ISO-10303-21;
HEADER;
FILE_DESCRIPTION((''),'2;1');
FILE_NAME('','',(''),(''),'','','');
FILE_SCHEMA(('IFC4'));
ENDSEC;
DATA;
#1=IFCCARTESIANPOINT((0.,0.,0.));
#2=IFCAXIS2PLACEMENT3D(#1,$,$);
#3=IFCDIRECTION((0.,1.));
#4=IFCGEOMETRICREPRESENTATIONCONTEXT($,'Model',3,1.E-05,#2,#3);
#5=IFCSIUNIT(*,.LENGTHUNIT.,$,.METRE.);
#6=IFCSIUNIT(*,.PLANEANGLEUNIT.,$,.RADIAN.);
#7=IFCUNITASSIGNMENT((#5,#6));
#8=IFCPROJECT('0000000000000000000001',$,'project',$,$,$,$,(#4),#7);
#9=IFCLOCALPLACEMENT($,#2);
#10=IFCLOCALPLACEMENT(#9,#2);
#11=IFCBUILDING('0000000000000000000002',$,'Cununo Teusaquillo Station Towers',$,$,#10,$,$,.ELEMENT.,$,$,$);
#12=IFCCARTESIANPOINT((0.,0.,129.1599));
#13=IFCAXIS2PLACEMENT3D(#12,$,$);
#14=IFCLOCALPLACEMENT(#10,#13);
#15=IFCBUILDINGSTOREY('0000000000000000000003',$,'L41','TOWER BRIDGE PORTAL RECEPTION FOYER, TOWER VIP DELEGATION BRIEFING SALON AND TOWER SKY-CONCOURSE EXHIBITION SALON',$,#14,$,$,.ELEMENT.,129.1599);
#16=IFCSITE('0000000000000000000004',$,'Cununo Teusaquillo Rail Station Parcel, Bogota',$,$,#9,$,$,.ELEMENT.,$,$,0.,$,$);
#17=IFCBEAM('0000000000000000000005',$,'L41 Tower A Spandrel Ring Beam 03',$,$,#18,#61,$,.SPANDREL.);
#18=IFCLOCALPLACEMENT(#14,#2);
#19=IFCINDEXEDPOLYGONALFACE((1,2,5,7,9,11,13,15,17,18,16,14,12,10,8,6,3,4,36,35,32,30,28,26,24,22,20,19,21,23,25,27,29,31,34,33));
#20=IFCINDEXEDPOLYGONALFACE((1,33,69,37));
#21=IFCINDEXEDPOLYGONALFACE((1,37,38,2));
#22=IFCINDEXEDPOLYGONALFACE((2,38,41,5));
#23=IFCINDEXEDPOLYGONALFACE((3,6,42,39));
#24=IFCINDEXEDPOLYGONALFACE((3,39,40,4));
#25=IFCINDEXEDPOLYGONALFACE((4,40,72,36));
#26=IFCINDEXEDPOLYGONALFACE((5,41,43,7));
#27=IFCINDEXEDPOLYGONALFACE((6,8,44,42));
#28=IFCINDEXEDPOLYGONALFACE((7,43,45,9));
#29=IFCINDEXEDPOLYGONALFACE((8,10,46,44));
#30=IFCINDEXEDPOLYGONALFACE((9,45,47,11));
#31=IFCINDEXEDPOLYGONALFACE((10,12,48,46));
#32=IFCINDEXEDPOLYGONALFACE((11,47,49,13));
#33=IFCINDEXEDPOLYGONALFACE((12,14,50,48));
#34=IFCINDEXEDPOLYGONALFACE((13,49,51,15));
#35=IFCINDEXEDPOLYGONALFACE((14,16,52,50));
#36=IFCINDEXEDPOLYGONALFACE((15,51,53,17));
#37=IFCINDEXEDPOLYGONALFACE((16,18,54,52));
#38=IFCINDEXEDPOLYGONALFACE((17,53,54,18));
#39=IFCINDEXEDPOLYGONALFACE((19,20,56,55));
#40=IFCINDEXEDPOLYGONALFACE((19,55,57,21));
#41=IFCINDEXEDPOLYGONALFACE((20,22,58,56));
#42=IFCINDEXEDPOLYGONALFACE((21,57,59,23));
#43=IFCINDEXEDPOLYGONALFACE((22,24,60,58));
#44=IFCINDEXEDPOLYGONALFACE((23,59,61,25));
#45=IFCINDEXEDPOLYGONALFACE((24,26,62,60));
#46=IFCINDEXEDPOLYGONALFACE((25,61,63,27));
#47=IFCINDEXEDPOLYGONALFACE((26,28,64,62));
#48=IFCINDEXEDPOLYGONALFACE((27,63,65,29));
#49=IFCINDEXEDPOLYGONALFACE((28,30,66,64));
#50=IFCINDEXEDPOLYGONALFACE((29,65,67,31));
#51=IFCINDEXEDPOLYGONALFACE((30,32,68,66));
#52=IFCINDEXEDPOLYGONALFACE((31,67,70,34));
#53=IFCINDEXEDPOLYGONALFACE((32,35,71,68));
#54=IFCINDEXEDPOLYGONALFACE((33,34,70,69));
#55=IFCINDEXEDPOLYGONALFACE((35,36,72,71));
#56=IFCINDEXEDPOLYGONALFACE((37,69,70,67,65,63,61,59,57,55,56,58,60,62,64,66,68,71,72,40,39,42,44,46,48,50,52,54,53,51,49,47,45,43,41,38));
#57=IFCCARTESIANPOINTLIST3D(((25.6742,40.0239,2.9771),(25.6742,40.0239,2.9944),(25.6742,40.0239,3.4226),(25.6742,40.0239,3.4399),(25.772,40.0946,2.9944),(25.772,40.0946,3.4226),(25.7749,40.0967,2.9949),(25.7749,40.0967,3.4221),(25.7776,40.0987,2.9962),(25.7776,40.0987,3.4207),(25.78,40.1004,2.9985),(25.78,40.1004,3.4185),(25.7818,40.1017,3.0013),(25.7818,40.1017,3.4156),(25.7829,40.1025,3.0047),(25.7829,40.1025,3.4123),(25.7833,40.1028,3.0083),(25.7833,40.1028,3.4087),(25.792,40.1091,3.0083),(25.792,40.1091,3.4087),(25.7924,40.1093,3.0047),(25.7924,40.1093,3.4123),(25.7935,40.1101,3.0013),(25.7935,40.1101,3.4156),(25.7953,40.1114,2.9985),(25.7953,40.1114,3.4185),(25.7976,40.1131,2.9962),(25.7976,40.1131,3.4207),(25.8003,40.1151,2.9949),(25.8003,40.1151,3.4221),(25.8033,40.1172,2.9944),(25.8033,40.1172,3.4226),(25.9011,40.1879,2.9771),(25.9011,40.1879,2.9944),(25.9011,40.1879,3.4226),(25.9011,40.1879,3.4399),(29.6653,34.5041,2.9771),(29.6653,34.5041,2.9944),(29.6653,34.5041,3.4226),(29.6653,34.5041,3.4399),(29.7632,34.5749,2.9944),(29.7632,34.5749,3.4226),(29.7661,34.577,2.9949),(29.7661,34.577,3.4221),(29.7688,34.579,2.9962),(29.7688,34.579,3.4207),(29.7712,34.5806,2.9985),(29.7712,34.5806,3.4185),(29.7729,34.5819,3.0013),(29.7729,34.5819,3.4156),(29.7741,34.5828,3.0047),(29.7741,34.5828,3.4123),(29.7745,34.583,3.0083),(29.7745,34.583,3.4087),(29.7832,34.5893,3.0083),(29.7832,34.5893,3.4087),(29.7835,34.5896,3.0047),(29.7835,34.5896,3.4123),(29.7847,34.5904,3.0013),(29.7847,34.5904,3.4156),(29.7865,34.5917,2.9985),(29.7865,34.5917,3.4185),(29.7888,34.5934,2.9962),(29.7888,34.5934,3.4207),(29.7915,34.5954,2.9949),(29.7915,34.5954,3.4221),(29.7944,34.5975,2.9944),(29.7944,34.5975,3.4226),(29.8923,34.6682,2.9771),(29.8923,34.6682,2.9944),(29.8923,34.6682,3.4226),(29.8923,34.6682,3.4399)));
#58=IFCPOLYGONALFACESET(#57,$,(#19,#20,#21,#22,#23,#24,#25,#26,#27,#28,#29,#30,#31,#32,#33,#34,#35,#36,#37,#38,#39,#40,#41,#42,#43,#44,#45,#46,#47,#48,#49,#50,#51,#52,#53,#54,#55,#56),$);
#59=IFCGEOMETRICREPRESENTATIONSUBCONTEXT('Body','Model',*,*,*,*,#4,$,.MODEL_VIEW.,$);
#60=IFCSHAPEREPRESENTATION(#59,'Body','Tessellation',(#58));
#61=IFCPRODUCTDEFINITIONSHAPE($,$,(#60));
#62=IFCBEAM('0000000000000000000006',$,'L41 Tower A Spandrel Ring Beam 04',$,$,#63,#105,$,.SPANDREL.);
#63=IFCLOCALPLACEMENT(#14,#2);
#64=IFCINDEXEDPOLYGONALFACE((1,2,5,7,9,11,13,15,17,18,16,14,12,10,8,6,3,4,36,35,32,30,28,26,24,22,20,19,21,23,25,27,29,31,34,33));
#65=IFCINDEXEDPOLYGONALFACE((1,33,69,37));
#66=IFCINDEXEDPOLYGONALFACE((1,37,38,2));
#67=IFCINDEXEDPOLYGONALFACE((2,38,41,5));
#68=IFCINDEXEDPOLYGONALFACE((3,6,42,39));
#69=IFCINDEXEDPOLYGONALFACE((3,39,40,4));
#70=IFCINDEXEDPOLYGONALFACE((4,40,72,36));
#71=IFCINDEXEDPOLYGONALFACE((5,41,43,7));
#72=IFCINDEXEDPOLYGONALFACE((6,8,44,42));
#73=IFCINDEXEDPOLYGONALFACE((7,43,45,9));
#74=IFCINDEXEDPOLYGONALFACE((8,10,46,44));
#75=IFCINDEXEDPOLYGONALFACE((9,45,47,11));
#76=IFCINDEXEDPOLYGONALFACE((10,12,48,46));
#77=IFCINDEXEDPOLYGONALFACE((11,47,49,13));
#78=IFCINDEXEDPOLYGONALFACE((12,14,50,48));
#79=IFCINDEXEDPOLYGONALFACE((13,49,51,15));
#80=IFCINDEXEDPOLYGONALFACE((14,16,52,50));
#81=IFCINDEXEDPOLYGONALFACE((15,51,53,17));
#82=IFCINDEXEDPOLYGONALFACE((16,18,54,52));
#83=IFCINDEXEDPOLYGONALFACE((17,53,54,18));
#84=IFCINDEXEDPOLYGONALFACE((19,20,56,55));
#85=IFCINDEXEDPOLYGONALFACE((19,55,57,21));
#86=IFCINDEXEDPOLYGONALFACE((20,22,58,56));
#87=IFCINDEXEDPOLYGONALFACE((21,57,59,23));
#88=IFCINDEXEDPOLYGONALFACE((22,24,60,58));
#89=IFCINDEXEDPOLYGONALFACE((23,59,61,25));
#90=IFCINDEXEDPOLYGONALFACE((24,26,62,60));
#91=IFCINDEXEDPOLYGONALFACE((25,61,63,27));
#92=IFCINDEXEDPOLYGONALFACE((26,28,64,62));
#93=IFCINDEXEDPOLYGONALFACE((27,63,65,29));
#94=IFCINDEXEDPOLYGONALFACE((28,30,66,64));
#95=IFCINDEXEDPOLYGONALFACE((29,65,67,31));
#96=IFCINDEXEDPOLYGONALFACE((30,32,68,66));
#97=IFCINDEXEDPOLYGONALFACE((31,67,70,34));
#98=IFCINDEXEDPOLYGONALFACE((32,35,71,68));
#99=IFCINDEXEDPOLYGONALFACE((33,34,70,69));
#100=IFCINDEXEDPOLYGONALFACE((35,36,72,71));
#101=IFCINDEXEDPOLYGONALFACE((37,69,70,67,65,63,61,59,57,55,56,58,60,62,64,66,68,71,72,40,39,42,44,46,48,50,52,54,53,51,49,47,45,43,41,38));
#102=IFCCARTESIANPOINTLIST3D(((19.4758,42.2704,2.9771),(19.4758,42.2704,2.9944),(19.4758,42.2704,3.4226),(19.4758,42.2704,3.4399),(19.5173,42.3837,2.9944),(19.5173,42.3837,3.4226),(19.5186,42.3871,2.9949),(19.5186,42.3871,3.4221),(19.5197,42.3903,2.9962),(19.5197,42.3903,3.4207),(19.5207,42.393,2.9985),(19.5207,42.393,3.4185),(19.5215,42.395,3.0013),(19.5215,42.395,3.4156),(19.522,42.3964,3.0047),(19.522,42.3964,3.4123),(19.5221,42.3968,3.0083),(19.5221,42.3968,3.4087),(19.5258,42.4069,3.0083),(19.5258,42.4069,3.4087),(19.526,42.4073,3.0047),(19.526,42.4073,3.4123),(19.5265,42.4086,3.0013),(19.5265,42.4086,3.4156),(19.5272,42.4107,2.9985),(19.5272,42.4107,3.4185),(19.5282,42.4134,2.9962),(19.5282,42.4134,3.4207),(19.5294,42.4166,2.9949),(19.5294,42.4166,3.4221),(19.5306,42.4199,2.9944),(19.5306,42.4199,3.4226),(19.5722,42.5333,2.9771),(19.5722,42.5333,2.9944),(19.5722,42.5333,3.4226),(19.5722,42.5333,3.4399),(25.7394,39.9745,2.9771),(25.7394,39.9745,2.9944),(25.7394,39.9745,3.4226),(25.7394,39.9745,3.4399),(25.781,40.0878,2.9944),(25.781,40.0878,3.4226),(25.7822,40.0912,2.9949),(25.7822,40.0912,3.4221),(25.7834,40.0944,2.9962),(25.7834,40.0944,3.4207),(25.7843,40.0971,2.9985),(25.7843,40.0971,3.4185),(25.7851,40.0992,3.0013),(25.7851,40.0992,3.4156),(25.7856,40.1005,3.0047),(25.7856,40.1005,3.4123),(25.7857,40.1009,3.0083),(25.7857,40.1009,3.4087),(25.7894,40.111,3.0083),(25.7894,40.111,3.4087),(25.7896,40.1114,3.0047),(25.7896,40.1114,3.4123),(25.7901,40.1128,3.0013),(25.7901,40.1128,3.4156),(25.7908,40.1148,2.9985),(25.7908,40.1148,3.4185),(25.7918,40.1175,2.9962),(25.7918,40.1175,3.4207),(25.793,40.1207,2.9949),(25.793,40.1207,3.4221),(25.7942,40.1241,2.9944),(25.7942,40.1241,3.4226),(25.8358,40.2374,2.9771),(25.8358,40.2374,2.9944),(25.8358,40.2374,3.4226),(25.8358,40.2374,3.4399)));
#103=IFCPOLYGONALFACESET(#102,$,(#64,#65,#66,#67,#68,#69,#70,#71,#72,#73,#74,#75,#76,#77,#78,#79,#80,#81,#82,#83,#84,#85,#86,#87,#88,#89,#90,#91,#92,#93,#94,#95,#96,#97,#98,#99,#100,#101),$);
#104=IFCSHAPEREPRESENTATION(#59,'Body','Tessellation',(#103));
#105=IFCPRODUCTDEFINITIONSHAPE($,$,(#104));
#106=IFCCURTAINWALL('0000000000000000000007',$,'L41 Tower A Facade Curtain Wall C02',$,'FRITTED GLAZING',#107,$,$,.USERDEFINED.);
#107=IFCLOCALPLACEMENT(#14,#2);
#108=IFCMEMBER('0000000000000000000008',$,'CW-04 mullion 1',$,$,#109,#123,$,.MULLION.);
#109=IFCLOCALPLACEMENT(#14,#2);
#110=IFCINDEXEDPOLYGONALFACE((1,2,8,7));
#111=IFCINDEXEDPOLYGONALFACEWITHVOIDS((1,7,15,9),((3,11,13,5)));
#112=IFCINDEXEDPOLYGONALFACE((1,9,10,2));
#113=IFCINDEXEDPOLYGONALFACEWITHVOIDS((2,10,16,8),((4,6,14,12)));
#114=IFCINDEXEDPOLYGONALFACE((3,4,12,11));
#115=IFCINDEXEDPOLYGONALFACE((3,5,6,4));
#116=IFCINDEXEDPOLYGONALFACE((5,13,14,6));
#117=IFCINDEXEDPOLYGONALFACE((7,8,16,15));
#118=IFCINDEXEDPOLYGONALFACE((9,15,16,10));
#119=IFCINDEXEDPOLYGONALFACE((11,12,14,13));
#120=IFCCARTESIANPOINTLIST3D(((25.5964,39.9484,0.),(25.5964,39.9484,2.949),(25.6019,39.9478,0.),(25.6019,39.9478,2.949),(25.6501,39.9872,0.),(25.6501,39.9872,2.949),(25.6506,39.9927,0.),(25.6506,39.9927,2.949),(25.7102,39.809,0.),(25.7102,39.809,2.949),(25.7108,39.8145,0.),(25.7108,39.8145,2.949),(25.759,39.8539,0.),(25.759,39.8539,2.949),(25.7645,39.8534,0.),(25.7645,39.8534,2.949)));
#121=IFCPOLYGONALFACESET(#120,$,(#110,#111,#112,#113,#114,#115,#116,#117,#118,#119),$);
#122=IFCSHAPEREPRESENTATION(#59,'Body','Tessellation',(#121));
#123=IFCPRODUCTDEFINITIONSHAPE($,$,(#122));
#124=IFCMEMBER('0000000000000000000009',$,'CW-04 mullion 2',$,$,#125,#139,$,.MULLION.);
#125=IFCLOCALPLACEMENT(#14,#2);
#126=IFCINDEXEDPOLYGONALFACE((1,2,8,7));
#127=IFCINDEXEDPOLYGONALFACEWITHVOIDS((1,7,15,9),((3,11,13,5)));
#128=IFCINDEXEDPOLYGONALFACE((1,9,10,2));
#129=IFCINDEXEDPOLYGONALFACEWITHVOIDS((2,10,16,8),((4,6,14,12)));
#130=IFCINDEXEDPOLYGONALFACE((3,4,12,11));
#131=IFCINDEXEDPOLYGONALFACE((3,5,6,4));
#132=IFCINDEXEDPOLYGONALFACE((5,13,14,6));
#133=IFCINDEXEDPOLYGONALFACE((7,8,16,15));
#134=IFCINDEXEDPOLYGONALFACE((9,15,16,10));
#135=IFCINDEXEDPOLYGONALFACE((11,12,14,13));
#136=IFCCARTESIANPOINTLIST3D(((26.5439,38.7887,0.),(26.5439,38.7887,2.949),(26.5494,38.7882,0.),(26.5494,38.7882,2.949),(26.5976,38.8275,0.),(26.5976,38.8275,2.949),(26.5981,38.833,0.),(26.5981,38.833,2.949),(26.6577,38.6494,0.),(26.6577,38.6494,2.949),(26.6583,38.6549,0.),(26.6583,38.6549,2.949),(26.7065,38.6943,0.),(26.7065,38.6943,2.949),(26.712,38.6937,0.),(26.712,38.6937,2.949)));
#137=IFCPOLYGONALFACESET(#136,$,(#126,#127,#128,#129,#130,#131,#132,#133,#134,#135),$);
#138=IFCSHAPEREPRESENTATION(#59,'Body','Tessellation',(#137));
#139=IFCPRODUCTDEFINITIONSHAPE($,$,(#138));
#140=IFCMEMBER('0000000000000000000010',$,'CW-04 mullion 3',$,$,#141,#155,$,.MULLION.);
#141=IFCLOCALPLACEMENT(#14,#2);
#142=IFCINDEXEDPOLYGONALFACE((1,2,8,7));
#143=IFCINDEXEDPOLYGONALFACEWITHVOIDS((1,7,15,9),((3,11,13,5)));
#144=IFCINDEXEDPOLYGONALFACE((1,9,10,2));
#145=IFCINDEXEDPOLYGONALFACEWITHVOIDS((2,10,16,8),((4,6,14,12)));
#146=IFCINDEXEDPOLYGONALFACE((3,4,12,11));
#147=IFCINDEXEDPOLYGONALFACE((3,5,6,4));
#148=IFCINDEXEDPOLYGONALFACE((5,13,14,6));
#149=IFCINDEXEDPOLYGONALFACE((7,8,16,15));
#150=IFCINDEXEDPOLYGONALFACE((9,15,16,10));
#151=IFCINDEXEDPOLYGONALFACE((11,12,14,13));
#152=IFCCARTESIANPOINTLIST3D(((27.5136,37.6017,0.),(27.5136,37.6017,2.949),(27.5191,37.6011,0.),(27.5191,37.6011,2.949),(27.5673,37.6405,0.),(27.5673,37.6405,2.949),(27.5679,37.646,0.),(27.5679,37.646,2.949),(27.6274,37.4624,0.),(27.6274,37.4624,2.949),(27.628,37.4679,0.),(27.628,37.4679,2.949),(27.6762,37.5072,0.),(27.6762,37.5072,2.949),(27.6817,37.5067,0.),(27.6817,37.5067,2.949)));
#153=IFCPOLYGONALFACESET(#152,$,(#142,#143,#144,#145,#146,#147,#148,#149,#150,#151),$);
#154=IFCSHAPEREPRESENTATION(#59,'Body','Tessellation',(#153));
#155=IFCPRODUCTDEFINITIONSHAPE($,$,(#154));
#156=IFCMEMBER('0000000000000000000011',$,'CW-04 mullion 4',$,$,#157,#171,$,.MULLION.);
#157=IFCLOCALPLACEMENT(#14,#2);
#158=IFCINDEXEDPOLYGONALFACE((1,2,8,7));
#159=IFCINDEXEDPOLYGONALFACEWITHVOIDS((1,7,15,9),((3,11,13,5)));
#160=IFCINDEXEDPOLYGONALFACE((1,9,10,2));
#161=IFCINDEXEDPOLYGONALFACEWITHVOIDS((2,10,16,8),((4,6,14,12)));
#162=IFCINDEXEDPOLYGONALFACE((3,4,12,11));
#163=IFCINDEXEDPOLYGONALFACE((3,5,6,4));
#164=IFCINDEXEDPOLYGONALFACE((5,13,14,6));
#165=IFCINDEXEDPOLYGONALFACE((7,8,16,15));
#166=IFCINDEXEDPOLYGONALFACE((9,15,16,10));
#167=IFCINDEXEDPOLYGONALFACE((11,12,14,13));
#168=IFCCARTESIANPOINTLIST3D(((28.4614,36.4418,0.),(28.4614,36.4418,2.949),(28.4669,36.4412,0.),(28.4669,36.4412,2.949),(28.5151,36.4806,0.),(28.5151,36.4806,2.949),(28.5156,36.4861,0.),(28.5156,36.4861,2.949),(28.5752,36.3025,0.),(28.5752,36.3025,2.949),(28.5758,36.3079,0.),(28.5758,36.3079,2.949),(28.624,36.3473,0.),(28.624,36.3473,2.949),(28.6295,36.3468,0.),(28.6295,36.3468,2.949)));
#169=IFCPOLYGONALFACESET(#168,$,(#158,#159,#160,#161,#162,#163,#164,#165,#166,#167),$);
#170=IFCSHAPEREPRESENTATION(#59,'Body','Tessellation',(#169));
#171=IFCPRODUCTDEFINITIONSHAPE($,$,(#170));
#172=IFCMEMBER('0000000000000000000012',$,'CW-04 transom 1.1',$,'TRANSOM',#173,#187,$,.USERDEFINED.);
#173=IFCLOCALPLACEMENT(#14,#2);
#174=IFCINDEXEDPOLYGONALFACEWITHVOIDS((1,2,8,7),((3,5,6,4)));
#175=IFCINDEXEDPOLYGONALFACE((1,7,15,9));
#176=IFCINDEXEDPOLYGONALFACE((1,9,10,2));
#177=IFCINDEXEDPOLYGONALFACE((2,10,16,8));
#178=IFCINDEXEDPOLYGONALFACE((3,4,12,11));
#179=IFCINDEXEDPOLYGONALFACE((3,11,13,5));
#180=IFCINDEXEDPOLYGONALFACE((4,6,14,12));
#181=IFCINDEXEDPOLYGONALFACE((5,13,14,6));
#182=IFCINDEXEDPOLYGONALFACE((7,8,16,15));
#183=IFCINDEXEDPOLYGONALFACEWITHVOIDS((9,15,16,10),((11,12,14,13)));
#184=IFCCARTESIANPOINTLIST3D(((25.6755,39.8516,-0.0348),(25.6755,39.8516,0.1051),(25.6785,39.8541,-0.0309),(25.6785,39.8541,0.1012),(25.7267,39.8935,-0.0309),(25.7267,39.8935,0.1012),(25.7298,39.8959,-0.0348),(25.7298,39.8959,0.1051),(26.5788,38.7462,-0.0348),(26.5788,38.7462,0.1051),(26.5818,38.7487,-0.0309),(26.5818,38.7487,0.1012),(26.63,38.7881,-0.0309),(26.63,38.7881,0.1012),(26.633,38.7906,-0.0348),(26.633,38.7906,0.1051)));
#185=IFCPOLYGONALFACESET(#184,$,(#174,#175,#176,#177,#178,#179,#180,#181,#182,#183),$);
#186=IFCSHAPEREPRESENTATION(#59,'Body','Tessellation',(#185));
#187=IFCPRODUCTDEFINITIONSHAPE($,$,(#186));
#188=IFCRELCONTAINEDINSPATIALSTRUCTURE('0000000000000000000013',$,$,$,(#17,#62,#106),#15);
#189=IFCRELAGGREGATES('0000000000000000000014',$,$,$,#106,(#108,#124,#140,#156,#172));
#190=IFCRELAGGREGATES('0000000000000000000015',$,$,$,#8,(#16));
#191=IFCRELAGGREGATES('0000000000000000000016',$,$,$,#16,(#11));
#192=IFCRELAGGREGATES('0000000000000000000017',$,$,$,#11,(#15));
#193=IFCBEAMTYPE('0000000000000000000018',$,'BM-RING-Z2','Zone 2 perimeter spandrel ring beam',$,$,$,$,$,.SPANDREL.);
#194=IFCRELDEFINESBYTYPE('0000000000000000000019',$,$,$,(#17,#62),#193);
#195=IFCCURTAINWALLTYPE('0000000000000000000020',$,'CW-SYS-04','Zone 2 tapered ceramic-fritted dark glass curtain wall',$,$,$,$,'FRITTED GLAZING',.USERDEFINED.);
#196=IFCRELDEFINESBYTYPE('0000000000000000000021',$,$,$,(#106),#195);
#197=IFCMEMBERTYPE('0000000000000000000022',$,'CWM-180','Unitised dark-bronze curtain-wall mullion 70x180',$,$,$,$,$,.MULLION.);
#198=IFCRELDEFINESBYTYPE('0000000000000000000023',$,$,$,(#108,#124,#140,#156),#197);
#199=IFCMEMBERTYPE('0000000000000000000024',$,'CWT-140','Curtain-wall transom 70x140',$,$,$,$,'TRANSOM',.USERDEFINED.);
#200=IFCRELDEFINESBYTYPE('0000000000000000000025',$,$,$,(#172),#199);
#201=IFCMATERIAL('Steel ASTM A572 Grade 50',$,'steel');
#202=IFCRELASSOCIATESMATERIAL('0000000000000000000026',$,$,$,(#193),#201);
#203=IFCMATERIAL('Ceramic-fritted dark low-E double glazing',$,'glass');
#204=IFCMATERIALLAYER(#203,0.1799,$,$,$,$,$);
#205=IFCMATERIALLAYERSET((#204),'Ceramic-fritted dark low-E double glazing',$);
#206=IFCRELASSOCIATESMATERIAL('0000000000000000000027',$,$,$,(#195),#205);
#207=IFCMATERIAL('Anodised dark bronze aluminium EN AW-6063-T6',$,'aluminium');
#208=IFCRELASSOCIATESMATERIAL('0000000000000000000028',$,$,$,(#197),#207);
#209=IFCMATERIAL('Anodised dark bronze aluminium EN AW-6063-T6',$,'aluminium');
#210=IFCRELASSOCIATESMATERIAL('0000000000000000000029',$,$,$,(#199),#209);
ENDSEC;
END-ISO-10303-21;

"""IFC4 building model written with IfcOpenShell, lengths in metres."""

from ifc_helpers import new_model, si_unit, direction, frame, origin, origin_2d, place, context, subcontext, project, spatial, hollow_rectangle, i_section, extrude, material, layer, layer_set, material_profile, profile_set, type_object, element, aggregate, save


model = new_model("IFC4")

# Units and contexts
model_context = context("Model", 3, precision=1e-05, world=origin(), true_north=direction((0.0, 1.0)))
body_context = subcontext(model_context, "Body", "Model", "MODEL_VIEW")
ifc_project = project(units=[si_unit("LENGTHUNIT", "METRE"), si_unit("PLANEANGLEUNIT", "RADIAN")], contexts=[model_context])

# Site, building, storey
site_placement = place(None, origin())
site = spatial("IfcSite", under=ifc_project, at=site_placement, Name="Cununo Teusaquillo Rail Station Parcel, Bogota", CompositionType="ELEMENT", RefElevation=0.0)
building_placement = place(site_placement, origin())
building = spatial("IfcBuilding", under=site, at=building_placement, Name="Cununo Teusaquillo Station Towers", CompositionType="ELEMENT")
storey_placement = place(building_placement, frame((0.0, 0.0, 129.1599)))
storey = spatial("IfcBuildingStorey", under=building, at=storey_placement, Name="L41", Description="TOWER BRIDGE PORTAL RECEPTION FOYER, TOWER VIP DELEGATION BRIEFING SALON AND TOWER SKY-CONCOURSE EXHIBITION SALON", CompositionType="ELEMENT", Elevation=129.1599)

# Beams
ifc_material_1 = material(Name="Steel ASTM A572 Grade 50", Category="steel")
ifc_material_profile_1 = material_profile(ifc_material_1, i_section(OverallWidth=0.28, OverallDepth=0.4629, WebThickness=0.0107, FlangeThickness=0.0173, FilletRadius=0.0139, at=origin_2d()), Name="W18X76")
ifc_profile_set_1 = profile_set([ifc_material_profile_1], Name="Steel ASTM A572 Grade 50")
beam_type = type_object("IfcBeamType", Name="BM-RING-Z2", Description="Zone 2 perimeter spandrel ring beam", PredefinedType="SPANDREL", material=ifc_profile_set_1)
beam_1_placement = place(storey_placement, frame((29.7788, 34.5862, 3.2085), z_axis=(-0.585945, 0.810351, 0.0), x_axis=(-0.810351, -0.585945, 0.0)))
element("IfcBeam", 1, at=beam_1_placement, inside=storey, type_object=beam_type, Name="L41 Tower A Spandrel Ring Beam 03", PredefinedType="SPANDREL", context=body_context, shape_type="SweptSolid", body=[
    extrude(i_section(OverallWidth=0.28, OverallDepth=0.4629, WebThickness=0.0107, FlangeThickness=0.0173, FilletRadius=0.0139, at=origin_2d()), origin(), (0.0, 0.0, 1.0), 6.8115),
])
beam_2_placement = place(storey_placement, frame((25.7876, 40.106, 3.2085), z_axis=(-0.938914, 0.344151, 0.0), x_axis=(-0.344151, -0.938914, 0.0)))
element("IfcBeam", 2, at=beam_2_placement, inside=storey, type_object=beam_type, Name="L41 Tower A Spandrel Ring Beam 04", PredefinedType="SPANDREL", context=body_context, shape_type="SweptSolid", body=[
    extrude(i_section(OverallWidth=0.28, OverallDepth=0.4629, WebThickness=0.0107, FlangeThickness=0.0173, FilletRadius=0.0139, at=origin_2d()), origin(), (0.0, 0.0, 1.0), 6.6711),
])

# Curtain wall, members
ifc_material_2 = material(Name="Ceramic-fritted dark low-E double glazing", Category="glass")
ifc_layer_1 = layer(ifc_material_2, 0.1799)
ifc_layer_set_1 = layer_set([ifc_layer_1], Name="Ceramic-fritted dark low-E double glazing")
curtain_wall_type = type_object("IfcCurtainWallType", Name="CW-SYS-04", Description="Zone 2 tapered ceramic-fritted dark glass curtain wall", ElementType="FRITTED GLAZING", PredefinedType="USERDEFINED", material=ifc_layer_set_1)
curtain_wall_placement = place(storey_placement, origin())
curtain_wall = element("IfcCurtainWall", 3, at=curtain_wall_placement, inside=storey, type_object=curtain_wall_type, Name="L41 Tower A Facade Curtain Wall C02", ObjectType="FRITTED GLAZING", PredefinedType="USERDEFINED")
ifc_material_3 = material(Name="Anodised dark bronze aluminium EN AW-6063-T6", Category="aluminium")
ifc_material_profile_2 = material_profile(ifc_material_3, hollow_rectangle(XDim=0.0701, YDim=0.1799, WallThickness=0.0039, at=origin_2d()), Name="CW-MULL-70x180")
ifc_profile_set_2 = profile_set([ifc_material_profile_2], Name="Anodised dark bronze aluminium EN AW-6063-T6")
member_type_1 = type_object("IfcMemberType", Name="CWM-180", Description="Unitised dark-bronze curtain-wall mullion 70x180", PredefinedType="MULLION", material=ifc_profile_set_2)
member_1_placement = place(storey_placement, frame((25.6804, 39.9009, 0.0), z_axis=(0.0, 0.0, 1.0), x_axis=(0.774394, 0.632704, 0.0)))
member_1 = element("IfcMember", 4, at=member_1_placement, type_object=member_type_1, Name="CW-04 mullion 1", PredefinedType="MULLION", context=body_context, shape_type="SweptSolid", body=[
    extrude(hollow_rectangle(XDim=0.0701, YDim=0.1799, WallThickness=0.0039, at=origin_2d()), origin(), (0.0, 0.0, 1.0), 2.949),
])
member_2_placement = place(storey_placement, frame((26.6279, 38.7412, 0.0), z_axis=(0.0, 0.0, 1.0), x_axis=(0.774394, 0.632704, 0.0)))
member_2 = element("IfcMember", 5, at=member_2_placement, type_object=member_type_1, Name="CW-04 mullion 2", PredefinedType="MULLION", context=body_context, shape_type="SweptSolid", body=[
    extrude(hollow_rectangle(XDim=0.0701, YDim=0.1799, WallThickness=0.0039, at=origin_2d()), origin(), (0.0, 0.0, 1.0), 2.949),
])
member_3_placement = place(storey_placement, frame((27.5977, 37.5542, 0.0), z_axis=(0.0, 0.0, 1.0), x_axis=(0.774394, 0.632704, 0.0)))
member_3 = element("IfcMember", 6, at=member_3_placement, type_object=member_type_1, Name="CW-04 mullion 3", PredefinedType="MULLION", context=body_context, shape_type="SweptSolid", body=[
    extrude(hollow_rectangle(XDim=0.0701, YDim=0.1799, WallThickness=0.0039, at=origin_2d()), origin(), (0.0, 0.0, 1.0), 2.949),
])
member_4_placement = place(storey_placement, frame((28.5454, 36.3943, 0.0), z_axis=(0.0, 0.0, 1.0), x_axis=(0.774394, 0.632704, 0.0)))
member_4 = element("IfcMember", 7, at=member_4_placement, type_object=member_type_1, Name="CW-04 mullion 4", PredefinedType="MULLION", context=body_context, shape_type="SweptSolid", body=[
    extrude(hollow_rectangle(XDim=0.0701, YDim=0.1799, WallThickness=0.0039, at=origin_2d()), origin(), (0.0, 0.0, 1.0), 2.949),
])
ifc_material_4 = material(Name="Anodised dark bronze aluminium EN AW-6063-T6", Category="aluminium")
ifc_material_profile_3 = material_profile(ifc_material_4, hollow_rectangle(XDim=0.0701, YDim=0.1399, WallThickness=0.0039, at=origin_2d()), Name="CW-TRAN-70x140")
ifc_profile_set_3 = profile_set([ifc_material_profile_3], Name="Anodised dark bronze aluminium EN AW-6063-T6")
member_type_2 = type_object("IfcMemberType", Name="CWT-140", Description="Curtain-wall transom 70x140", ElementType="TRANSOM", PredefinedType="USERDEFINED", material=ifc_profile_set_3)
member_5_placement = place(storey_placement, frame((25.7026, 39.8738, 0.0352), z_axis=(0.632753, -0.774353, 0.0), x_axis=(0.774353, 0.632753, 0.0)))
member_5 = element("IfcMember", 8, at=member_5_placement, type_object=member_type_2, Name="CW-04 transom 1.1", ObjectType="TRANSOM", PredefinedType="USERDEFINED", context=body_context, shape_type="SweptSolid", body=[
    extrude(hollow_rectangle(XDim=0.0701, YDim=0.1399, WallThickness=0.0039, at=origin_2d()), origin(), (0.0, 0.0, 1.0), 1.4275),
])

aggregate(curtain_wall, [member_1, member_2, member_3, member_4, member_5])

save(model, "model.ifc")
